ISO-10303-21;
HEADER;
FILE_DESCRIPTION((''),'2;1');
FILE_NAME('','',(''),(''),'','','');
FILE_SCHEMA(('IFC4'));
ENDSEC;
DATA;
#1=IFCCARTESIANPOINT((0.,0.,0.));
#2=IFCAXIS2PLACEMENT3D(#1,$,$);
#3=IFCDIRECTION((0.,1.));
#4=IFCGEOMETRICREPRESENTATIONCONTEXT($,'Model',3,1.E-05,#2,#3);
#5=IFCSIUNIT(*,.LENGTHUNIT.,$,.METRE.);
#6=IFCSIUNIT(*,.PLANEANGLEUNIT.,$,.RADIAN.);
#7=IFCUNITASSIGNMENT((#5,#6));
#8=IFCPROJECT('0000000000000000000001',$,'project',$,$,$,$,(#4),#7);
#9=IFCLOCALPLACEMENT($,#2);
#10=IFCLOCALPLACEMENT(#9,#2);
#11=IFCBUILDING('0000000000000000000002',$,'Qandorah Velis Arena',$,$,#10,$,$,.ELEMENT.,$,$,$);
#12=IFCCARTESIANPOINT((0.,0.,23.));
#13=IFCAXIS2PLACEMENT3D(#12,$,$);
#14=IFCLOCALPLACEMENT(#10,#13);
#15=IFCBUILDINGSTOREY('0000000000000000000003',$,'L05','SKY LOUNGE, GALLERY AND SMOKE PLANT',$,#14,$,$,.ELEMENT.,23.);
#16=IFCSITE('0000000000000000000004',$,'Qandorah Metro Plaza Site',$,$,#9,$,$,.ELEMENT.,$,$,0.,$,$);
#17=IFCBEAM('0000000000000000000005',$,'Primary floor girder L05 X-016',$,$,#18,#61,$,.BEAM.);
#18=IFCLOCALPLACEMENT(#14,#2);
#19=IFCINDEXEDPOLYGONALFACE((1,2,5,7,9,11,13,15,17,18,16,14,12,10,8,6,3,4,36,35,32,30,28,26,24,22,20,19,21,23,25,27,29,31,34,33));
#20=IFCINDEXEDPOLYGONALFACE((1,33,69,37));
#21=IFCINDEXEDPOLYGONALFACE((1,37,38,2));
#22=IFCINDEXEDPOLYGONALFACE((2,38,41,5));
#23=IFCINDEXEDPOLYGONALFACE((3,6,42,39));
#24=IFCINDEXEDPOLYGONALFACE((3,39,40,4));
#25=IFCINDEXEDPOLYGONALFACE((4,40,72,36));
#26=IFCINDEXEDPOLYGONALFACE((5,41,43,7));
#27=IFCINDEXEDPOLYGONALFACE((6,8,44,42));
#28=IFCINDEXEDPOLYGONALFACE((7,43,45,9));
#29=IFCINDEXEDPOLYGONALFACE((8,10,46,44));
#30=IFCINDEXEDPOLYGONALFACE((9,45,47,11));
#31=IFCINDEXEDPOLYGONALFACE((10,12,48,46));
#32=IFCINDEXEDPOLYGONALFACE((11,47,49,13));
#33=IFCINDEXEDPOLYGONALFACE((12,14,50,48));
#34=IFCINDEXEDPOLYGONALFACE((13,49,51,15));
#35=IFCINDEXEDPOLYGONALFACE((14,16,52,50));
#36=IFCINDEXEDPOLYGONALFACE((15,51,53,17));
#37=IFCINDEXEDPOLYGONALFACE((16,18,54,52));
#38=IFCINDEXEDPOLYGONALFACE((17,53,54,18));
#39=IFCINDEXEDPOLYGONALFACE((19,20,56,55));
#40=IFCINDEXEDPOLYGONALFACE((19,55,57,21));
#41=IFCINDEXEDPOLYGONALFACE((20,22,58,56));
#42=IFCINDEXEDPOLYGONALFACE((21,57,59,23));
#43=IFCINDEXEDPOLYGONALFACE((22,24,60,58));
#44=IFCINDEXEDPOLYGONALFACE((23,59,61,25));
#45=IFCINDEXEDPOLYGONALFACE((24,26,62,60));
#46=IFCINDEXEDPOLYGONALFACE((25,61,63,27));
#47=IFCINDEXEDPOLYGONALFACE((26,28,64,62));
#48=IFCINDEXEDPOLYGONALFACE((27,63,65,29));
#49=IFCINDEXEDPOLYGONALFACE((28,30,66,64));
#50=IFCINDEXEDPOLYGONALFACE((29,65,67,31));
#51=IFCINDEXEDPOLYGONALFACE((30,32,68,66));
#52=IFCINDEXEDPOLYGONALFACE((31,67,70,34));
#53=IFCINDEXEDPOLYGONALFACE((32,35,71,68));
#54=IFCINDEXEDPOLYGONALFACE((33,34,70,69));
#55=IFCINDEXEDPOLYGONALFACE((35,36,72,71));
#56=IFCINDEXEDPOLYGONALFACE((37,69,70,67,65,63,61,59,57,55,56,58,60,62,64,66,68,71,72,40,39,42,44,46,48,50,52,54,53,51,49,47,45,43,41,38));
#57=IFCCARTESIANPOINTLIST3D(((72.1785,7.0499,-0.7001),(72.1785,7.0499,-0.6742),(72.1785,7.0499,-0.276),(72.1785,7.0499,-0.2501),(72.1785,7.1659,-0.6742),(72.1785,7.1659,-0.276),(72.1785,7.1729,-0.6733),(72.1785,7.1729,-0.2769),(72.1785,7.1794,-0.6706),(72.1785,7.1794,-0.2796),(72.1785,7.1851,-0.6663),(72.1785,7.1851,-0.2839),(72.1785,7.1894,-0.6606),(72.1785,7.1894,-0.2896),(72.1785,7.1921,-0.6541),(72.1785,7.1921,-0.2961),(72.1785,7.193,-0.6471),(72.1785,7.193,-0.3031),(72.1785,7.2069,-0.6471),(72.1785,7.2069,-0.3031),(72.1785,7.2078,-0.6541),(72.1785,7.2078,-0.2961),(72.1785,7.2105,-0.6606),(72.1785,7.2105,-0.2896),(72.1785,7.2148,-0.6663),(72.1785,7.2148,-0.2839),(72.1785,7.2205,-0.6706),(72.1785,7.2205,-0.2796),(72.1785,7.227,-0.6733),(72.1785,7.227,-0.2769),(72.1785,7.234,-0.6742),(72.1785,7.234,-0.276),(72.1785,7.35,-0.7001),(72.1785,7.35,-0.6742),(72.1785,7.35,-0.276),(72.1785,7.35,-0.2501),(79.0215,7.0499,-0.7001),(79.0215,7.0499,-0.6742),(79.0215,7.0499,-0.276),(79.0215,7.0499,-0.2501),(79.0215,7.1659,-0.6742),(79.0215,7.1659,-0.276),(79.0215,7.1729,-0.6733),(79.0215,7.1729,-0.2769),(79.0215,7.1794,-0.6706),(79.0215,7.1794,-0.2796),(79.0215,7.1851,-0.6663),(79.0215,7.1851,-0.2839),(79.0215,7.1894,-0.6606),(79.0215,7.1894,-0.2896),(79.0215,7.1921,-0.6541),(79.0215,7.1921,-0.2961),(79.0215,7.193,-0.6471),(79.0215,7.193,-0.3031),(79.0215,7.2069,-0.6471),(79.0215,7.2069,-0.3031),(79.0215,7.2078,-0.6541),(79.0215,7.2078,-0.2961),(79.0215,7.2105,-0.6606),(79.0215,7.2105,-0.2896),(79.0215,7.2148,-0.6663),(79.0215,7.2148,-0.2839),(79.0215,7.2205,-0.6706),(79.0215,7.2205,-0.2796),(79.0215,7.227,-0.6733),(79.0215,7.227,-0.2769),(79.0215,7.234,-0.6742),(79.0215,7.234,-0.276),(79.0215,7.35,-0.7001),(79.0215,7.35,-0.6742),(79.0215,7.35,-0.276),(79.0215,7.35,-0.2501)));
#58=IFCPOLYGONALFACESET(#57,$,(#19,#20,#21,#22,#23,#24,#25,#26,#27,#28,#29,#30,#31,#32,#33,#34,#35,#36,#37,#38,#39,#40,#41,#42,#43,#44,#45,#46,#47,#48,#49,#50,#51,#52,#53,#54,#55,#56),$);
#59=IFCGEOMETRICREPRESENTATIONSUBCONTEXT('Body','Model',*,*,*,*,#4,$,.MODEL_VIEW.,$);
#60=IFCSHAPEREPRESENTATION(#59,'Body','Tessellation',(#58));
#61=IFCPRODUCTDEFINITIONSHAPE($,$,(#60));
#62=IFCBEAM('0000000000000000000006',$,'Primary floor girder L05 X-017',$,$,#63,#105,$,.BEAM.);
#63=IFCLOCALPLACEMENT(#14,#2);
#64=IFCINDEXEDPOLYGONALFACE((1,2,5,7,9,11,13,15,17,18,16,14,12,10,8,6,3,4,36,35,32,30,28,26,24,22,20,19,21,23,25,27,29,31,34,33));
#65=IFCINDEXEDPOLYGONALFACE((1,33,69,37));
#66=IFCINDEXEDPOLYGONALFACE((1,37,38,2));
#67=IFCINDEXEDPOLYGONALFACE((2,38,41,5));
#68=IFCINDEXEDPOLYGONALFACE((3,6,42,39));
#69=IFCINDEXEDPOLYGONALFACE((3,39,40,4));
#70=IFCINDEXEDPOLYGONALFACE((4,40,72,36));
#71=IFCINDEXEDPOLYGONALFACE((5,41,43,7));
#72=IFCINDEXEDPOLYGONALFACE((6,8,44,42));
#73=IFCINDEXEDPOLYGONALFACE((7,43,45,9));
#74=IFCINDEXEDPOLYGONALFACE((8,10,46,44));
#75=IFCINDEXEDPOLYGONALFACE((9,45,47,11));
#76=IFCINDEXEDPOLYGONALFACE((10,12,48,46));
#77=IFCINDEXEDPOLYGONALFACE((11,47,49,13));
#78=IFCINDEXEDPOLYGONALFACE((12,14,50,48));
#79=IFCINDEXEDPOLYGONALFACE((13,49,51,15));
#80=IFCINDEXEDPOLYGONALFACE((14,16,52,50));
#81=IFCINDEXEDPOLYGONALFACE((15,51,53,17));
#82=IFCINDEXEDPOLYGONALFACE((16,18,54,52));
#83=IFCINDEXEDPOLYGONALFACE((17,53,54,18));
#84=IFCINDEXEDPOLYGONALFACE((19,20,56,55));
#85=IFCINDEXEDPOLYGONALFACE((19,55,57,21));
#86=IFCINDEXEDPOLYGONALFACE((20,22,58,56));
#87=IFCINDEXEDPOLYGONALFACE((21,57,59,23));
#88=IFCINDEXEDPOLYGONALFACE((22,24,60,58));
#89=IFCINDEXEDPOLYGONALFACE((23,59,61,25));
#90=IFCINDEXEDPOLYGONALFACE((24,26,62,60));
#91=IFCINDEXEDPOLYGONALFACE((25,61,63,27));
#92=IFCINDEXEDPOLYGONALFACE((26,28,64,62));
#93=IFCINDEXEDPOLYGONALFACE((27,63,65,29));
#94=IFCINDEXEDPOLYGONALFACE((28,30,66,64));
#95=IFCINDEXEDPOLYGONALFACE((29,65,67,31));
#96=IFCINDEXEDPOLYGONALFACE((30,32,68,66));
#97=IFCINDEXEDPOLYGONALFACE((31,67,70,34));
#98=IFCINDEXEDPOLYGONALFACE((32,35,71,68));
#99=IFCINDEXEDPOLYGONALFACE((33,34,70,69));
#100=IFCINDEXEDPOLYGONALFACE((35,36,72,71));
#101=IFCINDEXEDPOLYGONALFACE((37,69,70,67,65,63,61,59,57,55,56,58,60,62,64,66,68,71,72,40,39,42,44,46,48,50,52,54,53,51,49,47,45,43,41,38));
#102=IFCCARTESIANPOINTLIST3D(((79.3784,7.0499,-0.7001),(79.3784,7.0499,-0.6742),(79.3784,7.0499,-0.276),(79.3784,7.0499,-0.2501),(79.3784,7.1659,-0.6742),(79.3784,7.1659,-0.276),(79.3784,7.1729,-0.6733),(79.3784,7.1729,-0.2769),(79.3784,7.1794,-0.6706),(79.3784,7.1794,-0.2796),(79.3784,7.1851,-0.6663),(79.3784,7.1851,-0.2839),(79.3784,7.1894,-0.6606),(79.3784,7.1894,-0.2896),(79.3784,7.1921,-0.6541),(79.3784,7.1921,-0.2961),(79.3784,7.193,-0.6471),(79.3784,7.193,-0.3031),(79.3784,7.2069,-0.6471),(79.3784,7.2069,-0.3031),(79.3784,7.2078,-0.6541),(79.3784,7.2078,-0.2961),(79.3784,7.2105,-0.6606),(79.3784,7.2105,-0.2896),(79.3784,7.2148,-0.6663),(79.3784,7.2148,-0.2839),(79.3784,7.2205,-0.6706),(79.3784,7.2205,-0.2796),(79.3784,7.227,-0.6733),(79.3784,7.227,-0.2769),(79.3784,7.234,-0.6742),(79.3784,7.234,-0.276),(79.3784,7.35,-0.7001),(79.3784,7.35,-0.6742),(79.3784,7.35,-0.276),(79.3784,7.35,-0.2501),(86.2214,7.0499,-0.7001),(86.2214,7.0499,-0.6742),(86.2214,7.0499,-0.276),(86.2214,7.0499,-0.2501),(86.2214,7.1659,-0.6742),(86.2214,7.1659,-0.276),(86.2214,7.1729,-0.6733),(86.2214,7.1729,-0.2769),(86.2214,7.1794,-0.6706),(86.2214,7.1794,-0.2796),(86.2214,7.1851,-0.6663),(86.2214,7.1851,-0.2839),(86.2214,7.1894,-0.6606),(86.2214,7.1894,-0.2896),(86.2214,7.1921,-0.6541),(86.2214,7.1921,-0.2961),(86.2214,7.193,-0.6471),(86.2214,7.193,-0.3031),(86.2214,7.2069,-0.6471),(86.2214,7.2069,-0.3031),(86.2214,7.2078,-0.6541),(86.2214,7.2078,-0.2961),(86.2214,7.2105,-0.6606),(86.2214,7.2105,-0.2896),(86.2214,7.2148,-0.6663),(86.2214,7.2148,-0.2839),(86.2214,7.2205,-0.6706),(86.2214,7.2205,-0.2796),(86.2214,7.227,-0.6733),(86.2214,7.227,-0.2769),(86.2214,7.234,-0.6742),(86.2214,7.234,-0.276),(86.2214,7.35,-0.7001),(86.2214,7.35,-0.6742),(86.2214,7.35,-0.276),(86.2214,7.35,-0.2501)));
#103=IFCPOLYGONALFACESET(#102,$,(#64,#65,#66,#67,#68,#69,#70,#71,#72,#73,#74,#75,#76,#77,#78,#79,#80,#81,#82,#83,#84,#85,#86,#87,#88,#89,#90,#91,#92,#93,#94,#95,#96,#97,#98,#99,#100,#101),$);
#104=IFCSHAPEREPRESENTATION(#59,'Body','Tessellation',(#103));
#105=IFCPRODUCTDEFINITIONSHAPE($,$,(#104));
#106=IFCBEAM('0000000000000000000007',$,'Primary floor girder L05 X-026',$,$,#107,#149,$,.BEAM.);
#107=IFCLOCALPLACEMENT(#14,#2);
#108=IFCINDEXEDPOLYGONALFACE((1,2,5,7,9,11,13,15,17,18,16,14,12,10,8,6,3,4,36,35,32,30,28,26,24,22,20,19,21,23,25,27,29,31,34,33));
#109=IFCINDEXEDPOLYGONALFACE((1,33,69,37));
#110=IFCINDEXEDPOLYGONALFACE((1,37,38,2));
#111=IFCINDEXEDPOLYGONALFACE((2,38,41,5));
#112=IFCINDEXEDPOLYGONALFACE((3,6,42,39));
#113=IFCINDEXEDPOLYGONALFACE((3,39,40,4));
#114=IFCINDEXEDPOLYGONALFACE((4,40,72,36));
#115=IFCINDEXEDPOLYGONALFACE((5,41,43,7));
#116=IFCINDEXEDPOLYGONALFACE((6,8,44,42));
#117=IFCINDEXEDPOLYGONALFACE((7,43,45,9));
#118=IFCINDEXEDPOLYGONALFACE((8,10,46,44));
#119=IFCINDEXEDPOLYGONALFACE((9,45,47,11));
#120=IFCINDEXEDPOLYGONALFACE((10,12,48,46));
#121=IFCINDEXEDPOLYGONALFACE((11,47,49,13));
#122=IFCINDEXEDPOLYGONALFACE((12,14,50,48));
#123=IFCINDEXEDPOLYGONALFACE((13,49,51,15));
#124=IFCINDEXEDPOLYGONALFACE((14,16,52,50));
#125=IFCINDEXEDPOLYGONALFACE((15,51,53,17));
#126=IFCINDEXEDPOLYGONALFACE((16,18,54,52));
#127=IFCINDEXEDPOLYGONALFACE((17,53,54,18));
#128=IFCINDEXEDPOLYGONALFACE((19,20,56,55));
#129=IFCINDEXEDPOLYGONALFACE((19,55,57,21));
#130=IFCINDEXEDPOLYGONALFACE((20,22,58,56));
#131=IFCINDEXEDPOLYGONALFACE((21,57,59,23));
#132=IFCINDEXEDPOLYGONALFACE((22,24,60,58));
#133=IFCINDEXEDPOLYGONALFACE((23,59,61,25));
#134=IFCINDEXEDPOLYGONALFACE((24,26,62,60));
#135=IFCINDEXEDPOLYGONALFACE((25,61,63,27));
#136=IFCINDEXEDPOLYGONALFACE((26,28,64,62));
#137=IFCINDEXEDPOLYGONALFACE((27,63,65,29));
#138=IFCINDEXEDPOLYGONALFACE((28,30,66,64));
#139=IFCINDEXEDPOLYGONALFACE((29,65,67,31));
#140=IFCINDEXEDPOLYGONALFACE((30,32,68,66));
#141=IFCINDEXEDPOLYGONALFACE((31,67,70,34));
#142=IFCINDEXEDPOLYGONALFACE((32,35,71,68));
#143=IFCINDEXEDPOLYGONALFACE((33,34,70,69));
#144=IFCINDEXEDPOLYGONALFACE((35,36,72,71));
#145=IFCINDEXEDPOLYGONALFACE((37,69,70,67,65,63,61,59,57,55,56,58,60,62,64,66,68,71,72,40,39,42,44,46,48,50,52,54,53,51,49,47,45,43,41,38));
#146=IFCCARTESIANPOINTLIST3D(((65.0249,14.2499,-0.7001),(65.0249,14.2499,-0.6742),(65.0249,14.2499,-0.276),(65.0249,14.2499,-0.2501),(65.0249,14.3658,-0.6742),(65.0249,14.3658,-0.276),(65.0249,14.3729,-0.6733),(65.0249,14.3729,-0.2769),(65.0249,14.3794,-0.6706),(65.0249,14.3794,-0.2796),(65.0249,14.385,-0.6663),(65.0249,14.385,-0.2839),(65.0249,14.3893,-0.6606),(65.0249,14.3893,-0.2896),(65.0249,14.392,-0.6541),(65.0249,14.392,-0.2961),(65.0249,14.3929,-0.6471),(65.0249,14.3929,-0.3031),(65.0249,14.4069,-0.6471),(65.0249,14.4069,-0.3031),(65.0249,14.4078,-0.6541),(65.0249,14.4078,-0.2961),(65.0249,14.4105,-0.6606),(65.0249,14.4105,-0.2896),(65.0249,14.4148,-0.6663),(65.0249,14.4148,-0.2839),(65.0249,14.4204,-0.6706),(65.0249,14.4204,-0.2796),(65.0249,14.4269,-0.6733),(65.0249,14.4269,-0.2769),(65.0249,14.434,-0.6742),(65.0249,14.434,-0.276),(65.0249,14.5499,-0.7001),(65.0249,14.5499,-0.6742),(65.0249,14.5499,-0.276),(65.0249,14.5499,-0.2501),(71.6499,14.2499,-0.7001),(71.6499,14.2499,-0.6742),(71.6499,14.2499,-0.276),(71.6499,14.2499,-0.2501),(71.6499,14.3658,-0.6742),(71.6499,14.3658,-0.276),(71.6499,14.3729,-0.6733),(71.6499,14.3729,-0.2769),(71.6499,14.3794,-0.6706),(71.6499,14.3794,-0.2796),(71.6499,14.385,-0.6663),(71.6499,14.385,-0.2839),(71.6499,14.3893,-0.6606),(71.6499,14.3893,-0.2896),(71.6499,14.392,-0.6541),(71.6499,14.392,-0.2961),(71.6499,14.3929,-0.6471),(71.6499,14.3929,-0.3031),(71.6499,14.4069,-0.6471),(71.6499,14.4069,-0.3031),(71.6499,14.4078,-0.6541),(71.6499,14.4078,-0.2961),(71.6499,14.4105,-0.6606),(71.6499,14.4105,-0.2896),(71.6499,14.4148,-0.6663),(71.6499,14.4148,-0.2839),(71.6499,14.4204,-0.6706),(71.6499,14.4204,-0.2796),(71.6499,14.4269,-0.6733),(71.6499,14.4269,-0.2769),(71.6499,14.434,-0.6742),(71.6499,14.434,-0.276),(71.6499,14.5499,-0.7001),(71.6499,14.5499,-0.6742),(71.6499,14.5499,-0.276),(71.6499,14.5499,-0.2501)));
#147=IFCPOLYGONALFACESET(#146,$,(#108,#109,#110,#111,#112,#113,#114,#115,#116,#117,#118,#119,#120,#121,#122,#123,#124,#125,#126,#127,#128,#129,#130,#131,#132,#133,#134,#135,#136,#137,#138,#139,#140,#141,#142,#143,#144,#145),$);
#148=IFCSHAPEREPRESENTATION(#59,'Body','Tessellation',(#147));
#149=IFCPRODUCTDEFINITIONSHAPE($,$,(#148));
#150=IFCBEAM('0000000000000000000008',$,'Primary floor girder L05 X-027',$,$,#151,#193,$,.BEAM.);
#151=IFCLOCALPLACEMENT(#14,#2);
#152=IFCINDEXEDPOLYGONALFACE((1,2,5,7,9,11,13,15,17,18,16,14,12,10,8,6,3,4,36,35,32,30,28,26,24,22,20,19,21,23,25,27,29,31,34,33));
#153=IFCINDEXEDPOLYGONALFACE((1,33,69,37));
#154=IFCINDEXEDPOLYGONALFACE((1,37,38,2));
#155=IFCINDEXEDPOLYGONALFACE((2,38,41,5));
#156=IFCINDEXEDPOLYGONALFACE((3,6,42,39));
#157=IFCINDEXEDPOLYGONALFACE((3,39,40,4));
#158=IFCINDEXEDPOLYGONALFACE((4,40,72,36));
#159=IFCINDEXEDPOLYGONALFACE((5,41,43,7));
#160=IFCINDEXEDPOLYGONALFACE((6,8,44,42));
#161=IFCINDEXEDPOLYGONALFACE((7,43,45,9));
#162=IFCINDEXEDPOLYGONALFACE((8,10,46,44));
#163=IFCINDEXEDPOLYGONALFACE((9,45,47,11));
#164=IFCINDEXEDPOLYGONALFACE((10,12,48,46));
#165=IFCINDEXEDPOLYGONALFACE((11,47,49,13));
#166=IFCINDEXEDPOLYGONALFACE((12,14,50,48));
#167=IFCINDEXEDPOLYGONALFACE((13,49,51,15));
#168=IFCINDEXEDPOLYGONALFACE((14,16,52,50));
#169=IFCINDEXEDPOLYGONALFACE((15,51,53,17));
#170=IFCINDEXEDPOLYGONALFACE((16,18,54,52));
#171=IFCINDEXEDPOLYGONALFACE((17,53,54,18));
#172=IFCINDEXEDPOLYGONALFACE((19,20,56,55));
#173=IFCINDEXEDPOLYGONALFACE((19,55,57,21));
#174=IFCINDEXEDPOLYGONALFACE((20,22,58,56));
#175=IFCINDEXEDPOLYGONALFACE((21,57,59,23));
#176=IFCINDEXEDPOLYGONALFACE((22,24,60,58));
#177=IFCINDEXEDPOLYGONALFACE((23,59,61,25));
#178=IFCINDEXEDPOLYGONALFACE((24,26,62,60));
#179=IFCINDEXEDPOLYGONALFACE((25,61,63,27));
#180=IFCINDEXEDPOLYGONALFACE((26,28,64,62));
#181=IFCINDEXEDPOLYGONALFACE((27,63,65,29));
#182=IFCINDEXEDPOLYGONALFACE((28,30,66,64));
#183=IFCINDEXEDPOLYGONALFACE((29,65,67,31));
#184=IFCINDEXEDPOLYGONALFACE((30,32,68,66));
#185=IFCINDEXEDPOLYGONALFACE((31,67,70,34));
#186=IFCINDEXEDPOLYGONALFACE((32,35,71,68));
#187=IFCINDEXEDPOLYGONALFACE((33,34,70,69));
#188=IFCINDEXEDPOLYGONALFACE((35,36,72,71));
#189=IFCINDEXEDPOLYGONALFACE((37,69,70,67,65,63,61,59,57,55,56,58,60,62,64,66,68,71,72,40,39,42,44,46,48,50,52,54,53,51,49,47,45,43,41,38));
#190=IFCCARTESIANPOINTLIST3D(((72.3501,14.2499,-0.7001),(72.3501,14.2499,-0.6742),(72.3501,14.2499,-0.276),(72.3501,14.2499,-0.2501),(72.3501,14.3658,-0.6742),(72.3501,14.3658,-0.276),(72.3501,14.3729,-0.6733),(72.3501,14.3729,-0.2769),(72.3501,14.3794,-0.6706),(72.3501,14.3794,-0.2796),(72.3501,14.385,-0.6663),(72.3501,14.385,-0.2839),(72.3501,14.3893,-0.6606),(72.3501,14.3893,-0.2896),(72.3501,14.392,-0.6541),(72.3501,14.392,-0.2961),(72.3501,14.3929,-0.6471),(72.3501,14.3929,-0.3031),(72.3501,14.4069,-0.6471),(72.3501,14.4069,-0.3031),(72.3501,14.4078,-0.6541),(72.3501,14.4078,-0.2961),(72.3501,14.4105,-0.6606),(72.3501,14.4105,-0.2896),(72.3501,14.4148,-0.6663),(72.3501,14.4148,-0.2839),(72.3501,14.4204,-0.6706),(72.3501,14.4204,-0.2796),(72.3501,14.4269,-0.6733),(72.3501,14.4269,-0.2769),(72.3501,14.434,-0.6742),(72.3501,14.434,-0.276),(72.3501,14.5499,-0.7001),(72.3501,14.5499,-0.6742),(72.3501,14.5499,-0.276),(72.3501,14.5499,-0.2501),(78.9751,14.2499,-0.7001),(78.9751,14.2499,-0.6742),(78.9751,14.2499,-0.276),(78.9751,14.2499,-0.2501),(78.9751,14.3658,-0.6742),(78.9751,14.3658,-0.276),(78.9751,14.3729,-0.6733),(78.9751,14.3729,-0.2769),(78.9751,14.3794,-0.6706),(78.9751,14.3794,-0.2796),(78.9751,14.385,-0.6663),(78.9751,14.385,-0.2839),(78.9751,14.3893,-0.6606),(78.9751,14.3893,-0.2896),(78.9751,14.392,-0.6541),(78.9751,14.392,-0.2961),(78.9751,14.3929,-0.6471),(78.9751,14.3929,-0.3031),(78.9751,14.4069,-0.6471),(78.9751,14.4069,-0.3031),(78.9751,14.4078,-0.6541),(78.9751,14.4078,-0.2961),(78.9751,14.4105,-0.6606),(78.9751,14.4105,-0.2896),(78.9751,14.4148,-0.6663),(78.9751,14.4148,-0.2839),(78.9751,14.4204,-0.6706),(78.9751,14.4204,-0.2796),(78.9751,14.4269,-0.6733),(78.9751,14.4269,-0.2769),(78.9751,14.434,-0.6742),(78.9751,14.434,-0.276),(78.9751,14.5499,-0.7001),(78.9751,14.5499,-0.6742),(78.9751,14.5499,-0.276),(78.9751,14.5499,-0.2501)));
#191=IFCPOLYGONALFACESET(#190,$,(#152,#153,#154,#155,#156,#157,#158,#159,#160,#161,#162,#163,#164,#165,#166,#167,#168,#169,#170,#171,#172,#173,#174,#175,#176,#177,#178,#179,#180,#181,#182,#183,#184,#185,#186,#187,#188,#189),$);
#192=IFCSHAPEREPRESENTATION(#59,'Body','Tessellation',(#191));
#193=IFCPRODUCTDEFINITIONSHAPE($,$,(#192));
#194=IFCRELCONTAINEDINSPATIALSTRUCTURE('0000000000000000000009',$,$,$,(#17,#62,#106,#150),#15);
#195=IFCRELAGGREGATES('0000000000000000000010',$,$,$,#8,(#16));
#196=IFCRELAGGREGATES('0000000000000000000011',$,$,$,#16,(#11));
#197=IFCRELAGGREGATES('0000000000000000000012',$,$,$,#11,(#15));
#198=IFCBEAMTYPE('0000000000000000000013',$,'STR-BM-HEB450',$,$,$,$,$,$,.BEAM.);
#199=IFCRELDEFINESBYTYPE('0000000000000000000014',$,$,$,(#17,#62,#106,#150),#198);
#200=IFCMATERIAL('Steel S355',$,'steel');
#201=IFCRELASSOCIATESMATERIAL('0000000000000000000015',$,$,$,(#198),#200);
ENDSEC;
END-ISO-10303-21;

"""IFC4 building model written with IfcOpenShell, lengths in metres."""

from ifc_helpers import new_model, si_unit, direction, frame, origin, origin_2d, place, context, subcontext, project, spatial, i_section, extrude, material, material_profile, profile_set, type_object, element, save


model = new_model("IFC4")

# Units and contexts
model_context = context("Model", 3, precision=1e-05, world=origin(), true_north=direction((0.0, 1.0)))
body_context = subcontext(model_context, "Body", "Model", "MODEL_VIEW")
ifc_project = project(units=[si_unit("LENGTHUNIT", "METRE"), si_unit("PLANEANGLEUNIT", "RADIAN")], contexts=[model_context])

# Site, building, storey
site_placement = place(None, origin())
site = spatial("IfcSite", under=ifc_project, at=site_placement, Name="Qandorah Metro Plaza Site", CompositionType="ELEMENT", RefElevation=0.0)
building_placement = place(site_placement, origin())
building = spatial("IfcBuilding", under=site, at=building_placement, Name="Qandorah Velis Arena", CompositionType="ELEMENT")
storey_placement = place(building_placement, frame((0.0, 0.0, 23.0)))
storey = spatial("IfcBuildingStorey", under=building, at=storey_placement, Name="L05", Description="SKY LOUNGE, GALLERY AND SMOKE PLANT", CompositionType="ELEMENT", Elevation=23.0)

# Beams
ifc_material_1 = material(Name="Steel S355", Category="steel")
ifc_material_profile_1 = material_profile(ifc_material_1, i_section(OverallWidth=0.3, OverallDepth=0.45, WebThickness=0.0139, FlangeThickness=0.0259, FilletRadius=0.0271, at=origin_2d()), Name="HEB 450")
ifc_profile_set_1 = profile_set([ifc_material_profile_1], Name="Steel S355")
beam_type_1 = type_object("IfcBeamType", Name="STR-BM-HEB450", PredefinedType="BEAM", material=ifc_profile_set_1)
for number, where, z_axis, x_axis, name in (
    (1, (72.1785, 7.2, -0.4751), (1.0, 0.0, 0.0), (0.0, 1.0, 0.0), "Primary floor girder L05 X-016"),
    (2, (79.3784, 7.2, -0.4751), (1.0, 0.0, 0.0), (0.0, 1.0, 0.0), "Primary floor girder L05 X-017"),
):
    element("IfcBeam", number, at=place(storey_placement, frame(where, z_axis=z_axis, x_axis=x_axis)), inside=storey, type_object=beam_type_1, Name=name, PredefinedType="BEAM", context=body_context, shape_type="SweptSolid", body=[
        extrude(i_section(OverallWidth=0.3, OverallDepth=0.45, WebThickness=0.0139, FlangeThickness=0.0259, FilletRadius=0.0271, at=origin_2d()), origin(), (0.0, 0.0, 1.0), 6.843),
    ])
for number, where, z_axis, x_axis, name in (
    (3, (65.0249, 14.3999, -0.4751), (1.0, 0.0, 0.0), (0.0, 1.0, 0.0), "Primary floor girder L05 X-026"),
    (4, (72.3501, 14.3999, -0.4751), (1.0, 0.0, 0.0), (0.0, 1.0, 0.0), "Primary floor girder L05 X-027"),
):
    element("IfcBeam", number, at=place(storey_placement, frame(where, z_axis=z_axis, x_axis=x_axis)), inside=storey, type_object=beam_type_1, Name=name, PredefinedType="BEAM", context=body_context, shape_type="SweptSolid", body=[
        extrude(i_section(OverallWidth=0.3, OverallDepth=0.45, WebThickness=0.0139, FlangeThickness=0.0259, FilletRadius=0.0271, at=origin_2d()), origin(), (0.0, 0.0, 1.0), 6.625),
    ])

save(model, "model.ifc")
